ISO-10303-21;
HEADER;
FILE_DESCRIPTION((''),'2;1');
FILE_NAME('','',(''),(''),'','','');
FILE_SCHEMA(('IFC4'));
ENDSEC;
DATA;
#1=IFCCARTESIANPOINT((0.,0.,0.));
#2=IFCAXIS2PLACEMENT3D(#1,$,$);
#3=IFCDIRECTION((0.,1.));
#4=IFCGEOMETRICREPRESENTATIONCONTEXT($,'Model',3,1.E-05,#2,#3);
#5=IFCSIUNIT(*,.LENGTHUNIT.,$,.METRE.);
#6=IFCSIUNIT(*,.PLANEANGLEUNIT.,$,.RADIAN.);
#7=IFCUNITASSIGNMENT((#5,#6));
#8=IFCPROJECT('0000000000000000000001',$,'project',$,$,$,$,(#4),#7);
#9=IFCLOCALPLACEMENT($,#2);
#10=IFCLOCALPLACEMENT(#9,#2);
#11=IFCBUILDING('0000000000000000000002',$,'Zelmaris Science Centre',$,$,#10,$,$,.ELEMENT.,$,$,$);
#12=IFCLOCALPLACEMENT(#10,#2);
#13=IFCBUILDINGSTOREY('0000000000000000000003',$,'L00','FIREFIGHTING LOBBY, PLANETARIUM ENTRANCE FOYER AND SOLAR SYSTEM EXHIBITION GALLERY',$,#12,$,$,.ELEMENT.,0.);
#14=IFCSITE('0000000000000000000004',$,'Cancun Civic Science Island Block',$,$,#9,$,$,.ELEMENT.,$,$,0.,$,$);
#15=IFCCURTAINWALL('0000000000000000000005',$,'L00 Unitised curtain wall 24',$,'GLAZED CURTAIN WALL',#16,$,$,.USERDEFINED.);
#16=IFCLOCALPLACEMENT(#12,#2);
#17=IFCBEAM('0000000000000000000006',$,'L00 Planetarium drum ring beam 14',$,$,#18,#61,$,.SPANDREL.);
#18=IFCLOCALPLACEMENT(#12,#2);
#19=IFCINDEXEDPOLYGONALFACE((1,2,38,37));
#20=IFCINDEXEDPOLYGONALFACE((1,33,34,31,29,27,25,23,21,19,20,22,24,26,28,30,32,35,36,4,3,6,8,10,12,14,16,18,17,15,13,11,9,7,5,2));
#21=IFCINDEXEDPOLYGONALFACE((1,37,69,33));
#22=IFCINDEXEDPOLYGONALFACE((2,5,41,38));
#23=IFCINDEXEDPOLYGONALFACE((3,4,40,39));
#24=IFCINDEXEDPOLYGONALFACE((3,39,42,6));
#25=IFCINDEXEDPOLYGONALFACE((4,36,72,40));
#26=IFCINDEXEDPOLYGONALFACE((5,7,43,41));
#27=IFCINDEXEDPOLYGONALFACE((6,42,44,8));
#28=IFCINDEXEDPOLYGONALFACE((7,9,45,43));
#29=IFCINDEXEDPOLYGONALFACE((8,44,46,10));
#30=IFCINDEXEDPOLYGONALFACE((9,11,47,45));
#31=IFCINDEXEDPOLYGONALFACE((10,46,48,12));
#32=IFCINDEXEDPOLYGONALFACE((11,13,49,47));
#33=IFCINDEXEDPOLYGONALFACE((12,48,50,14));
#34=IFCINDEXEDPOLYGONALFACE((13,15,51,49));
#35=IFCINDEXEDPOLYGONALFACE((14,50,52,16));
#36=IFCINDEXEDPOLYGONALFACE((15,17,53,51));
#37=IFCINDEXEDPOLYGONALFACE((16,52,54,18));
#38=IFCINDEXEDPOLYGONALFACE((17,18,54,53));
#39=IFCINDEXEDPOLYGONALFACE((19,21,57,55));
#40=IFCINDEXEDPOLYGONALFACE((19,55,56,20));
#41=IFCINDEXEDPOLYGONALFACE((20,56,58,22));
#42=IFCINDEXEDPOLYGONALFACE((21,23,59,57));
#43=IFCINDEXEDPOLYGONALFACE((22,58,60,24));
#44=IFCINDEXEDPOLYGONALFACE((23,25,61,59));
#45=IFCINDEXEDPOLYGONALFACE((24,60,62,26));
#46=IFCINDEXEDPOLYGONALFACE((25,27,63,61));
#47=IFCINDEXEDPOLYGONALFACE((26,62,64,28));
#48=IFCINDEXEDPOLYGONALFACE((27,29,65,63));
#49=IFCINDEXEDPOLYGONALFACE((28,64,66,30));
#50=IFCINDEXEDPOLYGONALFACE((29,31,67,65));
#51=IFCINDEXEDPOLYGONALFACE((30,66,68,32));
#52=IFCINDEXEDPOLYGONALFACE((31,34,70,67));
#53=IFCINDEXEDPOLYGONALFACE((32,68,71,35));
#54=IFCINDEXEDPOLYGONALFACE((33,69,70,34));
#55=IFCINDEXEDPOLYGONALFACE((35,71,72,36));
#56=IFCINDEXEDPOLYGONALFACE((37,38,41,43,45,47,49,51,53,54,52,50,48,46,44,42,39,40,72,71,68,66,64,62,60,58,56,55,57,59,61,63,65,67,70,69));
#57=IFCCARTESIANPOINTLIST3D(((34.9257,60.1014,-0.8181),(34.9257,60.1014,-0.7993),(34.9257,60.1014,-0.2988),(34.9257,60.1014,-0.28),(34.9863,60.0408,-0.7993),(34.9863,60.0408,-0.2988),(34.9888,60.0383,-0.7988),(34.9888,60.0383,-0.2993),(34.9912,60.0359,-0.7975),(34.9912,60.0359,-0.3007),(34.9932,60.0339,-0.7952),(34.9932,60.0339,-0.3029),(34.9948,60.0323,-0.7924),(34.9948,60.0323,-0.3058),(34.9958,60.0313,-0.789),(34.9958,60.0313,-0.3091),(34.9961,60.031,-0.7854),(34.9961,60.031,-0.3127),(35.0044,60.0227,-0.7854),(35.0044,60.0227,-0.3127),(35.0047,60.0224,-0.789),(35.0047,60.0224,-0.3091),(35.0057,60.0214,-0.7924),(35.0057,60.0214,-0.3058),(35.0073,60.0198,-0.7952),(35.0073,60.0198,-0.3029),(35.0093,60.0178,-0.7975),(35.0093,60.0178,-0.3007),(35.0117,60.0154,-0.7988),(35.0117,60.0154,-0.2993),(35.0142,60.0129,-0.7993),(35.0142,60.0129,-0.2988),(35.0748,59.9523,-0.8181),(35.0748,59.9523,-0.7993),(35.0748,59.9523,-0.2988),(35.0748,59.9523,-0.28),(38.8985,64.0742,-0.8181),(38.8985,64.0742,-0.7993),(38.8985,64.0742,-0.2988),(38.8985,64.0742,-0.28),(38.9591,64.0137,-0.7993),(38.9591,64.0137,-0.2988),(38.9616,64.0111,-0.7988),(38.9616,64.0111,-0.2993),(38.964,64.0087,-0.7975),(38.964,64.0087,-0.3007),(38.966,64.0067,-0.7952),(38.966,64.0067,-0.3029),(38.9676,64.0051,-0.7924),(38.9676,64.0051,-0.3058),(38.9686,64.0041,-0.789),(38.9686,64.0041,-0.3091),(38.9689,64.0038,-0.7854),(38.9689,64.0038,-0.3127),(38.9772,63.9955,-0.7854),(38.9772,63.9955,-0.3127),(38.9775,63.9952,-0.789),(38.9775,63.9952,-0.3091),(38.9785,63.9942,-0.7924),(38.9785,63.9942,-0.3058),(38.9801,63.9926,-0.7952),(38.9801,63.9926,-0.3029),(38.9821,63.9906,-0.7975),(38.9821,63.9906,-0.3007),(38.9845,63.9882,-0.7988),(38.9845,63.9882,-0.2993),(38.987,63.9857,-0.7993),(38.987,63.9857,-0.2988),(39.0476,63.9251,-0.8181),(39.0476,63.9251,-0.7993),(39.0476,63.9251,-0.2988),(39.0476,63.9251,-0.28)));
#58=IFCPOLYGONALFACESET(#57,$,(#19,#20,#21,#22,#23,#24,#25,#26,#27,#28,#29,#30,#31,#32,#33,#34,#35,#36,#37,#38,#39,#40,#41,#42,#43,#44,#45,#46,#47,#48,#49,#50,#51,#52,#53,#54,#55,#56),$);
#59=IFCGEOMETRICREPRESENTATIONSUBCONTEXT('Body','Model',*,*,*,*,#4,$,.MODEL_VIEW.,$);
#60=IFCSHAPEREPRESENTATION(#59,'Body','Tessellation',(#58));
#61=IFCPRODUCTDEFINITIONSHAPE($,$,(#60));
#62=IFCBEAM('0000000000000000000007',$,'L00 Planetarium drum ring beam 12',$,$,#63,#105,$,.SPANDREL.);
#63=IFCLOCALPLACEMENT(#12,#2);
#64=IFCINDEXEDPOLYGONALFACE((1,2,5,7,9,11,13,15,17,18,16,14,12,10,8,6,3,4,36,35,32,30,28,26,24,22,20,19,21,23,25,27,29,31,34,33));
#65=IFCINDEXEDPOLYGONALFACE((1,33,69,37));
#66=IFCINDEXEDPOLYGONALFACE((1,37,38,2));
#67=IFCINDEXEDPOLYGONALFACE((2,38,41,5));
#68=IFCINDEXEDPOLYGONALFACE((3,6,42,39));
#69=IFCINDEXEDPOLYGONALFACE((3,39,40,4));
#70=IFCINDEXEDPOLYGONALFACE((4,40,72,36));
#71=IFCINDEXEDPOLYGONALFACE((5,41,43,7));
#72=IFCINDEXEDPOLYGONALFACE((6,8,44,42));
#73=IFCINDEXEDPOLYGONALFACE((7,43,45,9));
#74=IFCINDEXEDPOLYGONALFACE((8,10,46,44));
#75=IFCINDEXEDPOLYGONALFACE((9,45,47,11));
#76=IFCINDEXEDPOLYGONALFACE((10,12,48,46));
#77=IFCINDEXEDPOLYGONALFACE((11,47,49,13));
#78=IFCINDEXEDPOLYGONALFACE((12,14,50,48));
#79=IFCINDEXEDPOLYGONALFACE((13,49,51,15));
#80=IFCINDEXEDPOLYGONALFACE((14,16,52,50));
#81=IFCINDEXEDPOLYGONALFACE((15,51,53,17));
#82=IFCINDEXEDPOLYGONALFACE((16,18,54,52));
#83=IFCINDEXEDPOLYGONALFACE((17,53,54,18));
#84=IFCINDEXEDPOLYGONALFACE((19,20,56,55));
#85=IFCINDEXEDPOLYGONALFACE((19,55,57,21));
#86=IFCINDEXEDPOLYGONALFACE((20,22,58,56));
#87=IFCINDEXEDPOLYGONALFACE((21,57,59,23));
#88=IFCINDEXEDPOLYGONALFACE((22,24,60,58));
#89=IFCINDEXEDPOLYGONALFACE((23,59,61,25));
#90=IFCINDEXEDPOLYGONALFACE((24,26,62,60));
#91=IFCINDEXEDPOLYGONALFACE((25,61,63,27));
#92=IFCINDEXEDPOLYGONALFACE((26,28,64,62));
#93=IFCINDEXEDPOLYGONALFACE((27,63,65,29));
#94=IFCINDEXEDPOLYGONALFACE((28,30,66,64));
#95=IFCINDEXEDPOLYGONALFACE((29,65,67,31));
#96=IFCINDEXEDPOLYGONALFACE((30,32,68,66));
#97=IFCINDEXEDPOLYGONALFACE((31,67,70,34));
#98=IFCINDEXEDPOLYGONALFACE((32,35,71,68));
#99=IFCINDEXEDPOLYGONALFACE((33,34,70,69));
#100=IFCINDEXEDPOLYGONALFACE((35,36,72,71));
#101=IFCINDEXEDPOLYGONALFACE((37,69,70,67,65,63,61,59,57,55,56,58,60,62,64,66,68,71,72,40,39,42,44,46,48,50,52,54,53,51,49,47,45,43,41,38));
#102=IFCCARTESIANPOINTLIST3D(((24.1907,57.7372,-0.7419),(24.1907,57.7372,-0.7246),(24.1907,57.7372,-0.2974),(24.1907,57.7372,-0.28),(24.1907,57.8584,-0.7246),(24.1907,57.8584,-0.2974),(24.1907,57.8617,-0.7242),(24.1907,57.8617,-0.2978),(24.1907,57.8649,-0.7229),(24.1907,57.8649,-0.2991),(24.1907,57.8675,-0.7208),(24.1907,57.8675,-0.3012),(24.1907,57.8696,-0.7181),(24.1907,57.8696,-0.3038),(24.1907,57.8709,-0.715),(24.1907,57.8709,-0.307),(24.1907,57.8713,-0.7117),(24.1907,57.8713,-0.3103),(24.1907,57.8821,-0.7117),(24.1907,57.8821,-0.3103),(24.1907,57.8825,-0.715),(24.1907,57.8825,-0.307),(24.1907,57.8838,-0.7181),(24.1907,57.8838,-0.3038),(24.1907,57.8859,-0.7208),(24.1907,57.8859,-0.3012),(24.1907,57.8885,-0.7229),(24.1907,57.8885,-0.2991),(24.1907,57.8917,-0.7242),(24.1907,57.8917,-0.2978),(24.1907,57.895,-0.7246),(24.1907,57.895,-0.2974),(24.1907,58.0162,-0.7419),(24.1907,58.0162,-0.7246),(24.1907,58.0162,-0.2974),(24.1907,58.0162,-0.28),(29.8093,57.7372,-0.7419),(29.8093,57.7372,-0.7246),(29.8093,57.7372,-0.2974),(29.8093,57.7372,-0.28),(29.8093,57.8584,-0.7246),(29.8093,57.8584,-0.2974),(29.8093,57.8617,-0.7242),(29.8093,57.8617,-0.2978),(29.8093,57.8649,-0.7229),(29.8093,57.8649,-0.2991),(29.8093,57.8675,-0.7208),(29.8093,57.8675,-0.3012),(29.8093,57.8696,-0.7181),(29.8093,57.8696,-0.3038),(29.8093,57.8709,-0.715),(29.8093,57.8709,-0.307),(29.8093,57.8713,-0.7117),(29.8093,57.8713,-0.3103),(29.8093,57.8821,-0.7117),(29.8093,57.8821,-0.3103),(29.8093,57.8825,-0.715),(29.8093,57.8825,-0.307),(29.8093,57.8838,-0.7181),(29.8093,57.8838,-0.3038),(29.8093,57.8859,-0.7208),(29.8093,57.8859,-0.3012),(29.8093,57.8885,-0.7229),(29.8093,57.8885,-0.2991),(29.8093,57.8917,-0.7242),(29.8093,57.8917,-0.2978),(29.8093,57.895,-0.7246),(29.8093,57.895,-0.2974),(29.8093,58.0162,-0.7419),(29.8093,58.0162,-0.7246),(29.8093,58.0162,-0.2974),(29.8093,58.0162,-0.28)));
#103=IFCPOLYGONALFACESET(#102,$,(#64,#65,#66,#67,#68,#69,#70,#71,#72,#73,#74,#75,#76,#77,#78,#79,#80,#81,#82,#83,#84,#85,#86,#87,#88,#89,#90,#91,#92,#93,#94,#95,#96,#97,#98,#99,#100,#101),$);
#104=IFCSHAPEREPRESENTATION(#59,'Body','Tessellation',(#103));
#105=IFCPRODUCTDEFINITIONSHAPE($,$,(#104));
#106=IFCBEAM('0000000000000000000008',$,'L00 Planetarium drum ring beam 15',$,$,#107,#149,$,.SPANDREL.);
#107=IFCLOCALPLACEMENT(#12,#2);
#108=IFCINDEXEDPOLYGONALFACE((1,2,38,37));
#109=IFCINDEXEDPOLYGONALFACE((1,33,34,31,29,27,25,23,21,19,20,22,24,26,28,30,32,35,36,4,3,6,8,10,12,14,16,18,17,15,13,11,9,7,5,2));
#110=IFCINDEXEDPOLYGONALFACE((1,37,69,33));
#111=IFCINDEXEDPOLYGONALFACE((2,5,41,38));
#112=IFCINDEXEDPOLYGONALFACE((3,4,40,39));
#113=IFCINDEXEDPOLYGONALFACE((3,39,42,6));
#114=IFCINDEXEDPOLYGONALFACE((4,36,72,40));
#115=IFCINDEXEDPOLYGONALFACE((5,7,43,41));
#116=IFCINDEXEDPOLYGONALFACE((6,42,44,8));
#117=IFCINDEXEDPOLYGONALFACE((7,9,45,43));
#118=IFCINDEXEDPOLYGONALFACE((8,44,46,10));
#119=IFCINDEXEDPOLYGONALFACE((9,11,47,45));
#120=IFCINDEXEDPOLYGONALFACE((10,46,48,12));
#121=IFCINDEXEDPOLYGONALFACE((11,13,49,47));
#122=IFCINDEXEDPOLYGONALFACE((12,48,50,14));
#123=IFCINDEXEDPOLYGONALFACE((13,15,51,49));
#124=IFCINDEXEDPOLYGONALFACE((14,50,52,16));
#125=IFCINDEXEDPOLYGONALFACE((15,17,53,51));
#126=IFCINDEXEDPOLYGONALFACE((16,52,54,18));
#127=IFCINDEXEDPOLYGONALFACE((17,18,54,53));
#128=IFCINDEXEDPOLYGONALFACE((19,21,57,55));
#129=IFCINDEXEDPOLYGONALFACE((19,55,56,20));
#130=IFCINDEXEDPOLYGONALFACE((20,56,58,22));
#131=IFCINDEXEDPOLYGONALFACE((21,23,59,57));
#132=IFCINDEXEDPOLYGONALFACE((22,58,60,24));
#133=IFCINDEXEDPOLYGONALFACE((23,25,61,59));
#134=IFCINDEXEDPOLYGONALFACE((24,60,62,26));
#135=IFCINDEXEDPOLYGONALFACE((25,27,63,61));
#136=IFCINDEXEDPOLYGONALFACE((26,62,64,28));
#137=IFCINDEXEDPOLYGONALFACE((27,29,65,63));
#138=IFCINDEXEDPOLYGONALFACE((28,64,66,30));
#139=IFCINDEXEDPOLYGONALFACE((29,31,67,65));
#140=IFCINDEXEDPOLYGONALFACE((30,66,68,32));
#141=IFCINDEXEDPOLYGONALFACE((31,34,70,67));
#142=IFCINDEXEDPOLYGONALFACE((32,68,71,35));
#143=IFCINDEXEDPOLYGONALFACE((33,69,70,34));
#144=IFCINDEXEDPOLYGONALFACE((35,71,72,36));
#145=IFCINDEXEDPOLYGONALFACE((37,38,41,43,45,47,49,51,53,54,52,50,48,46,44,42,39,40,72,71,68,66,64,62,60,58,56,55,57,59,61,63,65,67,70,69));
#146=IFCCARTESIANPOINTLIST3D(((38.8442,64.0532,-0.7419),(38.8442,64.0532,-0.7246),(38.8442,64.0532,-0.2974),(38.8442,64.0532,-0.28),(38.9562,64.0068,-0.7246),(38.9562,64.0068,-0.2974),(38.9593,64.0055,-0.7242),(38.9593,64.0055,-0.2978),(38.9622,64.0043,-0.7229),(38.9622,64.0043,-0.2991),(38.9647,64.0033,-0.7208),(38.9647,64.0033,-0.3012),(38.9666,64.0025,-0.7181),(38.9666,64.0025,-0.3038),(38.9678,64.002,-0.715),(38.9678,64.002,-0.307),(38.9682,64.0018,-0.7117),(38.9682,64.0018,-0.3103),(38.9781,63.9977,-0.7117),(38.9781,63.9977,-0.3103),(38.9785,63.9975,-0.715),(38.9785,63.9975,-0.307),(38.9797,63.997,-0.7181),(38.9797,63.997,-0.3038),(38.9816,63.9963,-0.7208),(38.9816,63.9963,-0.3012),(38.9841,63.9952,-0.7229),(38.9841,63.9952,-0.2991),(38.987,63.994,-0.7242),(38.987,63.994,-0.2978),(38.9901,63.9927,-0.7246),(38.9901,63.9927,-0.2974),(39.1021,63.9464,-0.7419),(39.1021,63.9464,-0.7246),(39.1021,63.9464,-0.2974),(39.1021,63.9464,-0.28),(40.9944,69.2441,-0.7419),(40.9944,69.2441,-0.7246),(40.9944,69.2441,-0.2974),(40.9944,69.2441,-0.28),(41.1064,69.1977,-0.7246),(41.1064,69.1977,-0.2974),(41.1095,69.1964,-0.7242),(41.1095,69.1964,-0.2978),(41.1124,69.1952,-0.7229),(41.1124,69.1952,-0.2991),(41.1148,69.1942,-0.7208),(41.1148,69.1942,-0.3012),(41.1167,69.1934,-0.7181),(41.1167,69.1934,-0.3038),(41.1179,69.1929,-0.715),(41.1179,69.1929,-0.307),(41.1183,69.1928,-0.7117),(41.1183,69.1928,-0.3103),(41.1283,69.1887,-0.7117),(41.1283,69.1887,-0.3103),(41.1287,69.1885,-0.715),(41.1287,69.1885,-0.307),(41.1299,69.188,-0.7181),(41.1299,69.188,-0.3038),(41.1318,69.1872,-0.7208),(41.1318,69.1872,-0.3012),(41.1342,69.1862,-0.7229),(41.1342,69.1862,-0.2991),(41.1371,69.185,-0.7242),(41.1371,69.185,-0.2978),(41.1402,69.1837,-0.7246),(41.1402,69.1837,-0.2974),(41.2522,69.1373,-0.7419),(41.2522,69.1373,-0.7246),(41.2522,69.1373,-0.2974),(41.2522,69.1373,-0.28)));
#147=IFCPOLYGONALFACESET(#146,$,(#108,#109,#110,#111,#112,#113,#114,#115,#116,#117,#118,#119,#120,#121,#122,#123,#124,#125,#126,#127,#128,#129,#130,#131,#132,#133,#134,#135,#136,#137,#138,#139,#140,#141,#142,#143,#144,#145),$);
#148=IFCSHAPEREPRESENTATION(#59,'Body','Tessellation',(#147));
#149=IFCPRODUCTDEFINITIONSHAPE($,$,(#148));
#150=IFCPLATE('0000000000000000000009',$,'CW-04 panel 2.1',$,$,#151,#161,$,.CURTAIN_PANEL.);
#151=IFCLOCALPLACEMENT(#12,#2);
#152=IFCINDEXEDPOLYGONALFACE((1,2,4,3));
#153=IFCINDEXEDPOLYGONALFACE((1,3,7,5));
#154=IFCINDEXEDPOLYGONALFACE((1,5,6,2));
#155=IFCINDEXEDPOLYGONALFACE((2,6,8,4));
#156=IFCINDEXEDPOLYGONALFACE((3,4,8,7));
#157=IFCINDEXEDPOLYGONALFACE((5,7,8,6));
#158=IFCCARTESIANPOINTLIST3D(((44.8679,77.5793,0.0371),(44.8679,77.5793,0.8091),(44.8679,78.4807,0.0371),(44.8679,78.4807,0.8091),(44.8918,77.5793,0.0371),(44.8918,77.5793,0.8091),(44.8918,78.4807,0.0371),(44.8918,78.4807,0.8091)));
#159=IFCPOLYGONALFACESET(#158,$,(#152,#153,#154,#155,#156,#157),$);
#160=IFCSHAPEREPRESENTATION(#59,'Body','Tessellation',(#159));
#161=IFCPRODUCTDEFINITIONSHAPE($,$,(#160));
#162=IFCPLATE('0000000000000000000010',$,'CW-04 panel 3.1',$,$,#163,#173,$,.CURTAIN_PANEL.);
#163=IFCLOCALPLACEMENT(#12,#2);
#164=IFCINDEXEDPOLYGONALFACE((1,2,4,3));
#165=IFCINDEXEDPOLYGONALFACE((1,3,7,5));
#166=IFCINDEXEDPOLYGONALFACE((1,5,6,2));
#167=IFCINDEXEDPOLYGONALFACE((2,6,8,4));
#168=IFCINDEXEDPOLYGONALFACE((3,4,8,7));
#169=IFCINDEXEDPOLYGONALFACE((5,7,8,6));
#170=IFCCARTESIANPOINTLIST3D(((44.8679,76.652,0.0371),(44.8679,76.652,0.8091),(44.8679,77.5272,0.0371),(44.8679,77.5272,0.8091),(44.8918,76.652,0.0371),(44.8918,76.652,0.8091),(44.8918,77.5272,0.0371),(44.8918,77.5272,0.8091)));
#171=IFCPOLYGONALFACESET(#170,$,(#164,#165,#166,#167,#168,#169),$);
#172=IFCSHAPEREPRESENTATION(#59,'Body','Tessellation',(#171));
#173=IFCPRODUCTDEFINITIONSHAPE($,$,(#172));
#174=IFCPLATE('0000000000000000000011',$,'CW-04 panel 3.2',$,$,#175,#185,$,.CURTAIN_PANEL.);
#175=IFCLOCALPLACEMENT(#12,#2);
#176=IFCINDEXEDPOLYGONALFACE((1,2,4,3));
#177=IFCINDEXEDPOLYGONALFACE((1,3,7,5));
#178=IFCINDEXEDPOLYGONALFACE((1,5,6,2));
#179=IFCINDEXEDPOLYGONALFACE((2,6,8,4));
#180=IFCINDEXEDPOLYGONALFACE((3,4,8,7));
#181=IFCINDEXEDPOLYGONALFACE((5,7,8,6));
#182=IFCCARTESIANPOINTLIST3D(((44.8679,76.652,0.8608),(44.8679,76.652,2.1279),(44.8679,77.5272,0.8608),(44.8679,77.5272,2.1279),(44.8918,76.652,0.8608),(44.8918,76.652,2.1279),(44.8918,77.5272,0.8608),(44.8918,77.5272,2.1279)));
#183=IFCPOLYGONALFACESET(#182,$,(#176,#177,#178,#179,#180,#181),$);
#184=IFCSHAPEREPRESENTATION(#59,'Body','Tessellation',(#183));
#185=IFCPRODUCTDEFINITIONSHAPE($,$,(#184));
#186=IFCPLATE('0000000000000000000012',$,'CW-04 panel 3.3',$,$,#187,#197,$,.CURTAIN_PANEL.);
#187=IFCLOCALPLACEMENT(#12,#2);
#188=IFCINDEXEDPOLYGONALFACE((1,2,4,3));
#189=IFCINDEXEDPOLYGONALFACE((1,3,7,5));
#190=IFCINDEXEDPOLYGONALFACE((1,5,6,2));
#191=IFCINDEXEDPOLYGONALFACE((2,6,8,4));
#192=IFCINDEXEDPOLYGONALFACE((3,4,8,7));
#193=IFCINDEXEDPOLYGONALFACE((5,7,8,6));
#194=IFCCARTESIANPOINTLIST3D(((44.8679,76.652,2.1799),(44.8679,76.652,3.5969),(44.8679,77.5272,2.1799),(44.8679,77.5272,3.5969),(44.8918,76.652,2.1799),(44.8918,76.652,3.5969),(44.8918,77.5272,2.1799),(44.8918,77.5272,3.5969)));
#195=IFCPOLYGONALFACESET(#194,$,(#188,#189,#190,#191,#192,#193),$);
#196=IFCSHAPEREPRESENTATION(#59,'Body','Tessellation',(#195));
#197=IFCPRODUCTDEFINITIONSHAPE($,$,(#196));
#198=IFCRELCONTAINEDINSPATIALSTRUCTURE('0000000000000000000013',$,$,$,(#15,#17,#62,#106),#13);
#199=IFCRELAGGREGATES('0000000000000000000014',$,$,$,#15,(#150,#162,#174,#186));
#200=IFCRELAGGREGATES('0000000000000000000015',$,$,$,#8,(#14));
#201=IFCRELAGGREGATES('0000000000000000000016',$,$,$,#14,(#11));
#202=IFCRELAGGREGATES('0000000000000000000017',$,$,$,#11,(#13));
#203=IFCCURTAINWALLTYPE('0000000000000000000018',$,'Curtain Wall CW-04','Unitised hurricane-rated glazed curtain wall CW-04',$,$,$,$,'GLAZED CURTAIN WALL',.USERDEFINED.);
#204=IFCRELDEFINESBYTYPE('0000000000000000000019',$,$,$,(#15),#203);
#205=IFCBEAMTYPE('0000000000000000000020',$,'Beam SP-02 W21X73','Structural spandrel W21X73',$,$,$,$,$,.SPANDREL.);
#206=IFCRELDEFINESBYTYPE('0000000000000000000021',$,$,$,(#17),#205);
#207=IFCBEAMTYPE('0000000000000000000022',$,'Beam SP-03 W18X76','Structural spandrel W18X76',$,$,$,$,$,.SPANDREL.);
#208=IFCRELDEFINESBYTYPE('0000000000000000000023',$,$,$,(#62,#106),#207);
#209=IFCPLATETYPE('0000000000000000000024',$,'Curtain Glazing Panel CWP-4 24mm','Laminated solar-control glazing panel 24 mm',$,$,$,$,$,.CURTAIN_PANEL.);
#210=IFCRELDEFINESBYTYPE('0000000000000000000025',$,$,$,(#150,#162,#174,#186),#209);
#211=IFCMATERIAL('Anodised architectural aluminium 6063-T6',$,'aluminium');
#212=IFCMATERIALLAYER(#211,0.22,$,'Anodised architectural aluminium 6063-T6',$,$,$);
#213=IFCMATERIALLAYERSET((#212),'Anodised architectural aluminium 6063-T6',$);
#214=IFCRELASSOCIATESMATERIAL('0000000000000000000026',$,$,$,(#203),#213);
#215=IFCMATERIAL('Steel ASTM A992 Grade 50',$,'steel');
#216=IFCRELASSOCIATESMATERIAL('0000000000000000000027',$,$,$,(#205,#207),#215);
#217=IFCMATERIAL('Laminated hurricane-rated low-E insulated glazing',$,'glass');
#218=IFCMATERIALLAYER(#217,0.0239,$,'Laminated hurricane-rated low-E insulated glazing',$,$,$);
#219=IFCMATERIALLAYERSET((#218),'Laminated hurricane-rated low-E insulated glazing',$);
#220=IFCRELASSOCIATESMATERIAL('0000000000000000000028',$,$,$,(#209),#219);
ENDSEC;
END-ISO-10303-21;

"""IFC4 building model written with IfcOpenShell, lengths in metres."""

from ifc_helpers import new_model, si_unit, direction, frame, origin, origin_2d, place, context, subcontext, project, spatial, rectangle, i_section, extrude, material, layer, layer_set, material_profile, profile_set, type_object, element, aggregate, save


model = new_model("IFC4")

# Units and contexts
model_context = context("Model", 3, precision=1e-05, world=origin(), true_north=direction((0.0, 1.0)))
body_context = subcontext(model_context, "Body", "Model", "MODEL_VIEW")
ifc_project = project(units=[si_unit("LENGTHUNIT", "METRE"), si_unit("PLANEANGLEUNIT", "RADIAN")], contexts=[model_context])

# Site, building, storey
site_placement = place(None, origin())
site = spatial("IfcSite", under=ifc_project, at=site_placement, Name="Cancun Civic Science Island Block", CompositionType="ELEMENT", RefElevation=0.0)
building_placement = place(site_placement, origin())
building = spatial("IfcBuilding", under=site, at=building_placement, Name="Zelmaris Science Centre", CompositionType="ELEMENT")
storey_placement = place(building_placement, origin())
storey = spatial("IfcBuildingStorey", under=building, at=storey_placement, Name="L00", Description="FIREFIGHTING LOBBY, PLANETARIUM ENTRANCE FOYER AND SOLAR SYSTEM EXHIBITION GALLERY", CompositionType="ELEMENT", Elevation=0.0)

# Shared definitions
ifc_material_1 = material(Name="Steel ASTM A992 Grade 50", Category="steel")

# Curtain wall
ifc_material_2 = material(Name="Anodised architectural aluminium 6063-T6", Category="aluminium")
ifc_layer_1 = layer(ifc_material_2, 0.22, Name="Anodised architectural aluminium 6063-T6")
ifc_layer_set_1 = layer_set([ifc_layer_1], Name="Anodised architectural aluminium 6063-T6")
curtain_wall_type = type_object("IfcCurtainWallType", Name="Curtain Wall CW-04", Description="Unitised hurricane-rated glazed curtain wall CW-04", ElementType="GLAZED CURTAIN WALL", PredefinedType="USERDEFINED", material=ifc_layer_set_1)
curtain_wall_placement = place(storey_placement, origin())
curtain_wall = element("IfcCurtainWall", 1, at=curtain_wall_placement, inside=storey, type_object=curtain_wall_type, Name="L00 Unitised curtain wall 24", ObjectType="GLAZED CURTAIN WALL", PredefinedType="USERDEFINED")

# Beams
ifc_material_profile_1 = material_profile(ifc_material_1, i_section(OverallWidth=0.2109, OverallDepth=0.5381, WebThickness=0.0117, FlangeThickness=0.0188, FilletRadius=0.0139, at=origin_2d()), Name="W21X73")
ifc_profile_set_1 = profile_set([ifc_material_profile_1], Name="Steel ASTM A992 Grade 50")
beam_type_1 = type_object("IfcBeamType", Name="Beam SP-02 W21X73", Description="Structural spandrel W21X73", PredefinedType="SPANDREL", material=ifc_profile_set_1)
beam_1_placement = place(storey_placement, frame((35.0002, 60.0269, -0.5491), z_axis=(0.707107, 0.707107, 0.0), x_axis=(-0.707107, 0.707107, 0.0)))
element("IfcBeam", 2, at=beam_1_placement, inside=storey, type_object=beam_type_1, Name="L00 Planetarium drum ring beam 14", PredefinedType="SPANDREL", context=body_context, shape_type="SweptSolid", body=[
    extrude(i_section(OverallWidth=0.2109, OverallDepth=0.5381, WebThickness=0.0117, FlangeThickness=0.0188, FilletRadius=0.0139, at=origin_2d()), origin(), (0.0, 0.0, 1.0), 5.6184),
])
ifc_material_profile_2 = material_profile(ifc_material_1, i_section(OverallWidth=0.2791, OverallDepth=0.4619, WebThickness=0.0107, FlangeThickness=0.0173, FilletRadius=0.0129, at=origin_2d()), Name="W18X76")
ifc_profile_set_2 = profile_set([ifc_material_profile_2], Name="Steel ASTM A992 Grade 50")
beam_type_2 = type_object("IfcBeamType", Name="Beam SP-03 W18X76", Description="Structural spandrel W18X76", PredefinedType="SPANDREL", material=ifc_profile_set_2)
for number, where, z_axis, x_axis, name in (
    (3, (24.1907, 57.8767, -0.511), (1.0, 0.0, 0.0), (0.0, 1.0, 0.0), "L00 Planetarium drum ring beam 12"),
    (4, (38.9731, 63.9998, -0.511), (0.382683, 0.92388, 0.0), (-0.92388, 0.382683, 0.0), "L00 Planetarium drum ring beam 15"),
):
    element("IfcBeam", number, at=place(storey_placement, frame(where, z_axis=z_axis, x_axis=x_axis)), inside=storey, type_object=beam_type_2, Name=name, PredefinedType="SPANDREL", context=body_context, shape_type="SweptSolid", body=[
        extrude(i_section(OverallWidth=0.2791, OverallDepth=0.4619, WebThickness=0.0107, FlangeThickness=0.0173, FilletRadius=0.0129, at=origin_2d()), origin(), (0.0, 0.0, 1.0), 5.6187),
    ])

# Plates
ifc_material_3 = material(Name="Laminated hurricane-rated low-E insulated glazing", Category="glass")
ifc_layer_2 = layer(ifc_material_3, 0.0239, Name="Laminated hurricane-rated low-E insulated glazing")
ifc_layer_set_2 = layer_set([ifc_layer_2], Name="Laminated hurricane-rated low-E insulated glazing")
plate_type = type_object("IfcPlateType", Name="Curtain Glazing Panel CWP-4 24mm", Description="Laminated solar-control glazing panel 24 mm", PredefinedType="CURTAIN_PANEL", material=ifc_layer_set_2)
plate_1_placement = place(storey_placement, frame((44.8799, 78.03, 0.0371), z_axis=(0.0, 0.0, 1.0), x_axis=(0.0, -1.0, 0.0)))
plate_1 = element("IfcPlate", 5, at=plate_1_placement, type_object=plate_type, Name="CW-04 panel 2.1", PredefinedType="CURTAIN_PANEL", context=body_context, shape_type="SweptSolid", body=[
    extrude(rectangle(XDim=0.9014, YDim=0.0239, at=origin_2d()), origin(), (0.0, 0.0, 1.0), 0.772),
])
plate_2_placement = place(storey_placement, frame((44.8799, 77.0896, 0.0371), z_axis=(0.0, 0.0, 1.0), x_axis=(0.0, -1.0, 0.0)))
plate_2 = element("IfcPlate", 6, at=plate_2_placement, type_object=plate_type, Name="CW-04 panel 3.1", PredefinedType="CURTAIN_PANEL", context=body_context, shape_type="SweptSolid", body=[
    extrude(rectangle(XDim=0.8752, YDim=0.0239, at=origin_2d()), origin(), (0.0, 0.0, 1.0), 0.772),
])
plate_3_placement = place(storey_placement, frame((44.8799, 77.0896, 0.8608), z_axis=(0.0, 0.0, 1.0), x_axis=(0.0, -1.0, 0.0)))
plate_3 = element("IfcPlate", 7, at=plate_3_placement, type_object=plate_type, Name="CW-04 panel 3.2", PredefinedType="CURTAIN_PANEL", context=body_context, shape_type="SweptSolid", body=[
    extrude(rectangle(XDim=0.8752, YDim=0.0239, at=origin_2d()), origin(), (0.0, 0.0, 1.0), 1.2671),
])
plate_4_placement = place(storey_placement, frame((44.8799, 77.0896, 2.1799), z_axis=(0.0, 0.0, 1.0), x_axis=(0.0, -1.0, 0.0)))
plate_4 = element("IfcPlate", 8, at=plate_4_placement, type_object=plate_type, Name="CW-04 panel 3.3", PredefinedType="CURTAIN_PANEL", context=body_context, shape_type="SweptSolid", body=[
    extrude(rectangle(XDim=0.8752, YDim=0.0239, at=origin_2d()), origin(), (0.0, 0.0, 1.0), 1.417),
])
aggregate(curtain_wall, [plate_1, plate_2, plate_3, plate_4])

save(model, "model.ifc")
